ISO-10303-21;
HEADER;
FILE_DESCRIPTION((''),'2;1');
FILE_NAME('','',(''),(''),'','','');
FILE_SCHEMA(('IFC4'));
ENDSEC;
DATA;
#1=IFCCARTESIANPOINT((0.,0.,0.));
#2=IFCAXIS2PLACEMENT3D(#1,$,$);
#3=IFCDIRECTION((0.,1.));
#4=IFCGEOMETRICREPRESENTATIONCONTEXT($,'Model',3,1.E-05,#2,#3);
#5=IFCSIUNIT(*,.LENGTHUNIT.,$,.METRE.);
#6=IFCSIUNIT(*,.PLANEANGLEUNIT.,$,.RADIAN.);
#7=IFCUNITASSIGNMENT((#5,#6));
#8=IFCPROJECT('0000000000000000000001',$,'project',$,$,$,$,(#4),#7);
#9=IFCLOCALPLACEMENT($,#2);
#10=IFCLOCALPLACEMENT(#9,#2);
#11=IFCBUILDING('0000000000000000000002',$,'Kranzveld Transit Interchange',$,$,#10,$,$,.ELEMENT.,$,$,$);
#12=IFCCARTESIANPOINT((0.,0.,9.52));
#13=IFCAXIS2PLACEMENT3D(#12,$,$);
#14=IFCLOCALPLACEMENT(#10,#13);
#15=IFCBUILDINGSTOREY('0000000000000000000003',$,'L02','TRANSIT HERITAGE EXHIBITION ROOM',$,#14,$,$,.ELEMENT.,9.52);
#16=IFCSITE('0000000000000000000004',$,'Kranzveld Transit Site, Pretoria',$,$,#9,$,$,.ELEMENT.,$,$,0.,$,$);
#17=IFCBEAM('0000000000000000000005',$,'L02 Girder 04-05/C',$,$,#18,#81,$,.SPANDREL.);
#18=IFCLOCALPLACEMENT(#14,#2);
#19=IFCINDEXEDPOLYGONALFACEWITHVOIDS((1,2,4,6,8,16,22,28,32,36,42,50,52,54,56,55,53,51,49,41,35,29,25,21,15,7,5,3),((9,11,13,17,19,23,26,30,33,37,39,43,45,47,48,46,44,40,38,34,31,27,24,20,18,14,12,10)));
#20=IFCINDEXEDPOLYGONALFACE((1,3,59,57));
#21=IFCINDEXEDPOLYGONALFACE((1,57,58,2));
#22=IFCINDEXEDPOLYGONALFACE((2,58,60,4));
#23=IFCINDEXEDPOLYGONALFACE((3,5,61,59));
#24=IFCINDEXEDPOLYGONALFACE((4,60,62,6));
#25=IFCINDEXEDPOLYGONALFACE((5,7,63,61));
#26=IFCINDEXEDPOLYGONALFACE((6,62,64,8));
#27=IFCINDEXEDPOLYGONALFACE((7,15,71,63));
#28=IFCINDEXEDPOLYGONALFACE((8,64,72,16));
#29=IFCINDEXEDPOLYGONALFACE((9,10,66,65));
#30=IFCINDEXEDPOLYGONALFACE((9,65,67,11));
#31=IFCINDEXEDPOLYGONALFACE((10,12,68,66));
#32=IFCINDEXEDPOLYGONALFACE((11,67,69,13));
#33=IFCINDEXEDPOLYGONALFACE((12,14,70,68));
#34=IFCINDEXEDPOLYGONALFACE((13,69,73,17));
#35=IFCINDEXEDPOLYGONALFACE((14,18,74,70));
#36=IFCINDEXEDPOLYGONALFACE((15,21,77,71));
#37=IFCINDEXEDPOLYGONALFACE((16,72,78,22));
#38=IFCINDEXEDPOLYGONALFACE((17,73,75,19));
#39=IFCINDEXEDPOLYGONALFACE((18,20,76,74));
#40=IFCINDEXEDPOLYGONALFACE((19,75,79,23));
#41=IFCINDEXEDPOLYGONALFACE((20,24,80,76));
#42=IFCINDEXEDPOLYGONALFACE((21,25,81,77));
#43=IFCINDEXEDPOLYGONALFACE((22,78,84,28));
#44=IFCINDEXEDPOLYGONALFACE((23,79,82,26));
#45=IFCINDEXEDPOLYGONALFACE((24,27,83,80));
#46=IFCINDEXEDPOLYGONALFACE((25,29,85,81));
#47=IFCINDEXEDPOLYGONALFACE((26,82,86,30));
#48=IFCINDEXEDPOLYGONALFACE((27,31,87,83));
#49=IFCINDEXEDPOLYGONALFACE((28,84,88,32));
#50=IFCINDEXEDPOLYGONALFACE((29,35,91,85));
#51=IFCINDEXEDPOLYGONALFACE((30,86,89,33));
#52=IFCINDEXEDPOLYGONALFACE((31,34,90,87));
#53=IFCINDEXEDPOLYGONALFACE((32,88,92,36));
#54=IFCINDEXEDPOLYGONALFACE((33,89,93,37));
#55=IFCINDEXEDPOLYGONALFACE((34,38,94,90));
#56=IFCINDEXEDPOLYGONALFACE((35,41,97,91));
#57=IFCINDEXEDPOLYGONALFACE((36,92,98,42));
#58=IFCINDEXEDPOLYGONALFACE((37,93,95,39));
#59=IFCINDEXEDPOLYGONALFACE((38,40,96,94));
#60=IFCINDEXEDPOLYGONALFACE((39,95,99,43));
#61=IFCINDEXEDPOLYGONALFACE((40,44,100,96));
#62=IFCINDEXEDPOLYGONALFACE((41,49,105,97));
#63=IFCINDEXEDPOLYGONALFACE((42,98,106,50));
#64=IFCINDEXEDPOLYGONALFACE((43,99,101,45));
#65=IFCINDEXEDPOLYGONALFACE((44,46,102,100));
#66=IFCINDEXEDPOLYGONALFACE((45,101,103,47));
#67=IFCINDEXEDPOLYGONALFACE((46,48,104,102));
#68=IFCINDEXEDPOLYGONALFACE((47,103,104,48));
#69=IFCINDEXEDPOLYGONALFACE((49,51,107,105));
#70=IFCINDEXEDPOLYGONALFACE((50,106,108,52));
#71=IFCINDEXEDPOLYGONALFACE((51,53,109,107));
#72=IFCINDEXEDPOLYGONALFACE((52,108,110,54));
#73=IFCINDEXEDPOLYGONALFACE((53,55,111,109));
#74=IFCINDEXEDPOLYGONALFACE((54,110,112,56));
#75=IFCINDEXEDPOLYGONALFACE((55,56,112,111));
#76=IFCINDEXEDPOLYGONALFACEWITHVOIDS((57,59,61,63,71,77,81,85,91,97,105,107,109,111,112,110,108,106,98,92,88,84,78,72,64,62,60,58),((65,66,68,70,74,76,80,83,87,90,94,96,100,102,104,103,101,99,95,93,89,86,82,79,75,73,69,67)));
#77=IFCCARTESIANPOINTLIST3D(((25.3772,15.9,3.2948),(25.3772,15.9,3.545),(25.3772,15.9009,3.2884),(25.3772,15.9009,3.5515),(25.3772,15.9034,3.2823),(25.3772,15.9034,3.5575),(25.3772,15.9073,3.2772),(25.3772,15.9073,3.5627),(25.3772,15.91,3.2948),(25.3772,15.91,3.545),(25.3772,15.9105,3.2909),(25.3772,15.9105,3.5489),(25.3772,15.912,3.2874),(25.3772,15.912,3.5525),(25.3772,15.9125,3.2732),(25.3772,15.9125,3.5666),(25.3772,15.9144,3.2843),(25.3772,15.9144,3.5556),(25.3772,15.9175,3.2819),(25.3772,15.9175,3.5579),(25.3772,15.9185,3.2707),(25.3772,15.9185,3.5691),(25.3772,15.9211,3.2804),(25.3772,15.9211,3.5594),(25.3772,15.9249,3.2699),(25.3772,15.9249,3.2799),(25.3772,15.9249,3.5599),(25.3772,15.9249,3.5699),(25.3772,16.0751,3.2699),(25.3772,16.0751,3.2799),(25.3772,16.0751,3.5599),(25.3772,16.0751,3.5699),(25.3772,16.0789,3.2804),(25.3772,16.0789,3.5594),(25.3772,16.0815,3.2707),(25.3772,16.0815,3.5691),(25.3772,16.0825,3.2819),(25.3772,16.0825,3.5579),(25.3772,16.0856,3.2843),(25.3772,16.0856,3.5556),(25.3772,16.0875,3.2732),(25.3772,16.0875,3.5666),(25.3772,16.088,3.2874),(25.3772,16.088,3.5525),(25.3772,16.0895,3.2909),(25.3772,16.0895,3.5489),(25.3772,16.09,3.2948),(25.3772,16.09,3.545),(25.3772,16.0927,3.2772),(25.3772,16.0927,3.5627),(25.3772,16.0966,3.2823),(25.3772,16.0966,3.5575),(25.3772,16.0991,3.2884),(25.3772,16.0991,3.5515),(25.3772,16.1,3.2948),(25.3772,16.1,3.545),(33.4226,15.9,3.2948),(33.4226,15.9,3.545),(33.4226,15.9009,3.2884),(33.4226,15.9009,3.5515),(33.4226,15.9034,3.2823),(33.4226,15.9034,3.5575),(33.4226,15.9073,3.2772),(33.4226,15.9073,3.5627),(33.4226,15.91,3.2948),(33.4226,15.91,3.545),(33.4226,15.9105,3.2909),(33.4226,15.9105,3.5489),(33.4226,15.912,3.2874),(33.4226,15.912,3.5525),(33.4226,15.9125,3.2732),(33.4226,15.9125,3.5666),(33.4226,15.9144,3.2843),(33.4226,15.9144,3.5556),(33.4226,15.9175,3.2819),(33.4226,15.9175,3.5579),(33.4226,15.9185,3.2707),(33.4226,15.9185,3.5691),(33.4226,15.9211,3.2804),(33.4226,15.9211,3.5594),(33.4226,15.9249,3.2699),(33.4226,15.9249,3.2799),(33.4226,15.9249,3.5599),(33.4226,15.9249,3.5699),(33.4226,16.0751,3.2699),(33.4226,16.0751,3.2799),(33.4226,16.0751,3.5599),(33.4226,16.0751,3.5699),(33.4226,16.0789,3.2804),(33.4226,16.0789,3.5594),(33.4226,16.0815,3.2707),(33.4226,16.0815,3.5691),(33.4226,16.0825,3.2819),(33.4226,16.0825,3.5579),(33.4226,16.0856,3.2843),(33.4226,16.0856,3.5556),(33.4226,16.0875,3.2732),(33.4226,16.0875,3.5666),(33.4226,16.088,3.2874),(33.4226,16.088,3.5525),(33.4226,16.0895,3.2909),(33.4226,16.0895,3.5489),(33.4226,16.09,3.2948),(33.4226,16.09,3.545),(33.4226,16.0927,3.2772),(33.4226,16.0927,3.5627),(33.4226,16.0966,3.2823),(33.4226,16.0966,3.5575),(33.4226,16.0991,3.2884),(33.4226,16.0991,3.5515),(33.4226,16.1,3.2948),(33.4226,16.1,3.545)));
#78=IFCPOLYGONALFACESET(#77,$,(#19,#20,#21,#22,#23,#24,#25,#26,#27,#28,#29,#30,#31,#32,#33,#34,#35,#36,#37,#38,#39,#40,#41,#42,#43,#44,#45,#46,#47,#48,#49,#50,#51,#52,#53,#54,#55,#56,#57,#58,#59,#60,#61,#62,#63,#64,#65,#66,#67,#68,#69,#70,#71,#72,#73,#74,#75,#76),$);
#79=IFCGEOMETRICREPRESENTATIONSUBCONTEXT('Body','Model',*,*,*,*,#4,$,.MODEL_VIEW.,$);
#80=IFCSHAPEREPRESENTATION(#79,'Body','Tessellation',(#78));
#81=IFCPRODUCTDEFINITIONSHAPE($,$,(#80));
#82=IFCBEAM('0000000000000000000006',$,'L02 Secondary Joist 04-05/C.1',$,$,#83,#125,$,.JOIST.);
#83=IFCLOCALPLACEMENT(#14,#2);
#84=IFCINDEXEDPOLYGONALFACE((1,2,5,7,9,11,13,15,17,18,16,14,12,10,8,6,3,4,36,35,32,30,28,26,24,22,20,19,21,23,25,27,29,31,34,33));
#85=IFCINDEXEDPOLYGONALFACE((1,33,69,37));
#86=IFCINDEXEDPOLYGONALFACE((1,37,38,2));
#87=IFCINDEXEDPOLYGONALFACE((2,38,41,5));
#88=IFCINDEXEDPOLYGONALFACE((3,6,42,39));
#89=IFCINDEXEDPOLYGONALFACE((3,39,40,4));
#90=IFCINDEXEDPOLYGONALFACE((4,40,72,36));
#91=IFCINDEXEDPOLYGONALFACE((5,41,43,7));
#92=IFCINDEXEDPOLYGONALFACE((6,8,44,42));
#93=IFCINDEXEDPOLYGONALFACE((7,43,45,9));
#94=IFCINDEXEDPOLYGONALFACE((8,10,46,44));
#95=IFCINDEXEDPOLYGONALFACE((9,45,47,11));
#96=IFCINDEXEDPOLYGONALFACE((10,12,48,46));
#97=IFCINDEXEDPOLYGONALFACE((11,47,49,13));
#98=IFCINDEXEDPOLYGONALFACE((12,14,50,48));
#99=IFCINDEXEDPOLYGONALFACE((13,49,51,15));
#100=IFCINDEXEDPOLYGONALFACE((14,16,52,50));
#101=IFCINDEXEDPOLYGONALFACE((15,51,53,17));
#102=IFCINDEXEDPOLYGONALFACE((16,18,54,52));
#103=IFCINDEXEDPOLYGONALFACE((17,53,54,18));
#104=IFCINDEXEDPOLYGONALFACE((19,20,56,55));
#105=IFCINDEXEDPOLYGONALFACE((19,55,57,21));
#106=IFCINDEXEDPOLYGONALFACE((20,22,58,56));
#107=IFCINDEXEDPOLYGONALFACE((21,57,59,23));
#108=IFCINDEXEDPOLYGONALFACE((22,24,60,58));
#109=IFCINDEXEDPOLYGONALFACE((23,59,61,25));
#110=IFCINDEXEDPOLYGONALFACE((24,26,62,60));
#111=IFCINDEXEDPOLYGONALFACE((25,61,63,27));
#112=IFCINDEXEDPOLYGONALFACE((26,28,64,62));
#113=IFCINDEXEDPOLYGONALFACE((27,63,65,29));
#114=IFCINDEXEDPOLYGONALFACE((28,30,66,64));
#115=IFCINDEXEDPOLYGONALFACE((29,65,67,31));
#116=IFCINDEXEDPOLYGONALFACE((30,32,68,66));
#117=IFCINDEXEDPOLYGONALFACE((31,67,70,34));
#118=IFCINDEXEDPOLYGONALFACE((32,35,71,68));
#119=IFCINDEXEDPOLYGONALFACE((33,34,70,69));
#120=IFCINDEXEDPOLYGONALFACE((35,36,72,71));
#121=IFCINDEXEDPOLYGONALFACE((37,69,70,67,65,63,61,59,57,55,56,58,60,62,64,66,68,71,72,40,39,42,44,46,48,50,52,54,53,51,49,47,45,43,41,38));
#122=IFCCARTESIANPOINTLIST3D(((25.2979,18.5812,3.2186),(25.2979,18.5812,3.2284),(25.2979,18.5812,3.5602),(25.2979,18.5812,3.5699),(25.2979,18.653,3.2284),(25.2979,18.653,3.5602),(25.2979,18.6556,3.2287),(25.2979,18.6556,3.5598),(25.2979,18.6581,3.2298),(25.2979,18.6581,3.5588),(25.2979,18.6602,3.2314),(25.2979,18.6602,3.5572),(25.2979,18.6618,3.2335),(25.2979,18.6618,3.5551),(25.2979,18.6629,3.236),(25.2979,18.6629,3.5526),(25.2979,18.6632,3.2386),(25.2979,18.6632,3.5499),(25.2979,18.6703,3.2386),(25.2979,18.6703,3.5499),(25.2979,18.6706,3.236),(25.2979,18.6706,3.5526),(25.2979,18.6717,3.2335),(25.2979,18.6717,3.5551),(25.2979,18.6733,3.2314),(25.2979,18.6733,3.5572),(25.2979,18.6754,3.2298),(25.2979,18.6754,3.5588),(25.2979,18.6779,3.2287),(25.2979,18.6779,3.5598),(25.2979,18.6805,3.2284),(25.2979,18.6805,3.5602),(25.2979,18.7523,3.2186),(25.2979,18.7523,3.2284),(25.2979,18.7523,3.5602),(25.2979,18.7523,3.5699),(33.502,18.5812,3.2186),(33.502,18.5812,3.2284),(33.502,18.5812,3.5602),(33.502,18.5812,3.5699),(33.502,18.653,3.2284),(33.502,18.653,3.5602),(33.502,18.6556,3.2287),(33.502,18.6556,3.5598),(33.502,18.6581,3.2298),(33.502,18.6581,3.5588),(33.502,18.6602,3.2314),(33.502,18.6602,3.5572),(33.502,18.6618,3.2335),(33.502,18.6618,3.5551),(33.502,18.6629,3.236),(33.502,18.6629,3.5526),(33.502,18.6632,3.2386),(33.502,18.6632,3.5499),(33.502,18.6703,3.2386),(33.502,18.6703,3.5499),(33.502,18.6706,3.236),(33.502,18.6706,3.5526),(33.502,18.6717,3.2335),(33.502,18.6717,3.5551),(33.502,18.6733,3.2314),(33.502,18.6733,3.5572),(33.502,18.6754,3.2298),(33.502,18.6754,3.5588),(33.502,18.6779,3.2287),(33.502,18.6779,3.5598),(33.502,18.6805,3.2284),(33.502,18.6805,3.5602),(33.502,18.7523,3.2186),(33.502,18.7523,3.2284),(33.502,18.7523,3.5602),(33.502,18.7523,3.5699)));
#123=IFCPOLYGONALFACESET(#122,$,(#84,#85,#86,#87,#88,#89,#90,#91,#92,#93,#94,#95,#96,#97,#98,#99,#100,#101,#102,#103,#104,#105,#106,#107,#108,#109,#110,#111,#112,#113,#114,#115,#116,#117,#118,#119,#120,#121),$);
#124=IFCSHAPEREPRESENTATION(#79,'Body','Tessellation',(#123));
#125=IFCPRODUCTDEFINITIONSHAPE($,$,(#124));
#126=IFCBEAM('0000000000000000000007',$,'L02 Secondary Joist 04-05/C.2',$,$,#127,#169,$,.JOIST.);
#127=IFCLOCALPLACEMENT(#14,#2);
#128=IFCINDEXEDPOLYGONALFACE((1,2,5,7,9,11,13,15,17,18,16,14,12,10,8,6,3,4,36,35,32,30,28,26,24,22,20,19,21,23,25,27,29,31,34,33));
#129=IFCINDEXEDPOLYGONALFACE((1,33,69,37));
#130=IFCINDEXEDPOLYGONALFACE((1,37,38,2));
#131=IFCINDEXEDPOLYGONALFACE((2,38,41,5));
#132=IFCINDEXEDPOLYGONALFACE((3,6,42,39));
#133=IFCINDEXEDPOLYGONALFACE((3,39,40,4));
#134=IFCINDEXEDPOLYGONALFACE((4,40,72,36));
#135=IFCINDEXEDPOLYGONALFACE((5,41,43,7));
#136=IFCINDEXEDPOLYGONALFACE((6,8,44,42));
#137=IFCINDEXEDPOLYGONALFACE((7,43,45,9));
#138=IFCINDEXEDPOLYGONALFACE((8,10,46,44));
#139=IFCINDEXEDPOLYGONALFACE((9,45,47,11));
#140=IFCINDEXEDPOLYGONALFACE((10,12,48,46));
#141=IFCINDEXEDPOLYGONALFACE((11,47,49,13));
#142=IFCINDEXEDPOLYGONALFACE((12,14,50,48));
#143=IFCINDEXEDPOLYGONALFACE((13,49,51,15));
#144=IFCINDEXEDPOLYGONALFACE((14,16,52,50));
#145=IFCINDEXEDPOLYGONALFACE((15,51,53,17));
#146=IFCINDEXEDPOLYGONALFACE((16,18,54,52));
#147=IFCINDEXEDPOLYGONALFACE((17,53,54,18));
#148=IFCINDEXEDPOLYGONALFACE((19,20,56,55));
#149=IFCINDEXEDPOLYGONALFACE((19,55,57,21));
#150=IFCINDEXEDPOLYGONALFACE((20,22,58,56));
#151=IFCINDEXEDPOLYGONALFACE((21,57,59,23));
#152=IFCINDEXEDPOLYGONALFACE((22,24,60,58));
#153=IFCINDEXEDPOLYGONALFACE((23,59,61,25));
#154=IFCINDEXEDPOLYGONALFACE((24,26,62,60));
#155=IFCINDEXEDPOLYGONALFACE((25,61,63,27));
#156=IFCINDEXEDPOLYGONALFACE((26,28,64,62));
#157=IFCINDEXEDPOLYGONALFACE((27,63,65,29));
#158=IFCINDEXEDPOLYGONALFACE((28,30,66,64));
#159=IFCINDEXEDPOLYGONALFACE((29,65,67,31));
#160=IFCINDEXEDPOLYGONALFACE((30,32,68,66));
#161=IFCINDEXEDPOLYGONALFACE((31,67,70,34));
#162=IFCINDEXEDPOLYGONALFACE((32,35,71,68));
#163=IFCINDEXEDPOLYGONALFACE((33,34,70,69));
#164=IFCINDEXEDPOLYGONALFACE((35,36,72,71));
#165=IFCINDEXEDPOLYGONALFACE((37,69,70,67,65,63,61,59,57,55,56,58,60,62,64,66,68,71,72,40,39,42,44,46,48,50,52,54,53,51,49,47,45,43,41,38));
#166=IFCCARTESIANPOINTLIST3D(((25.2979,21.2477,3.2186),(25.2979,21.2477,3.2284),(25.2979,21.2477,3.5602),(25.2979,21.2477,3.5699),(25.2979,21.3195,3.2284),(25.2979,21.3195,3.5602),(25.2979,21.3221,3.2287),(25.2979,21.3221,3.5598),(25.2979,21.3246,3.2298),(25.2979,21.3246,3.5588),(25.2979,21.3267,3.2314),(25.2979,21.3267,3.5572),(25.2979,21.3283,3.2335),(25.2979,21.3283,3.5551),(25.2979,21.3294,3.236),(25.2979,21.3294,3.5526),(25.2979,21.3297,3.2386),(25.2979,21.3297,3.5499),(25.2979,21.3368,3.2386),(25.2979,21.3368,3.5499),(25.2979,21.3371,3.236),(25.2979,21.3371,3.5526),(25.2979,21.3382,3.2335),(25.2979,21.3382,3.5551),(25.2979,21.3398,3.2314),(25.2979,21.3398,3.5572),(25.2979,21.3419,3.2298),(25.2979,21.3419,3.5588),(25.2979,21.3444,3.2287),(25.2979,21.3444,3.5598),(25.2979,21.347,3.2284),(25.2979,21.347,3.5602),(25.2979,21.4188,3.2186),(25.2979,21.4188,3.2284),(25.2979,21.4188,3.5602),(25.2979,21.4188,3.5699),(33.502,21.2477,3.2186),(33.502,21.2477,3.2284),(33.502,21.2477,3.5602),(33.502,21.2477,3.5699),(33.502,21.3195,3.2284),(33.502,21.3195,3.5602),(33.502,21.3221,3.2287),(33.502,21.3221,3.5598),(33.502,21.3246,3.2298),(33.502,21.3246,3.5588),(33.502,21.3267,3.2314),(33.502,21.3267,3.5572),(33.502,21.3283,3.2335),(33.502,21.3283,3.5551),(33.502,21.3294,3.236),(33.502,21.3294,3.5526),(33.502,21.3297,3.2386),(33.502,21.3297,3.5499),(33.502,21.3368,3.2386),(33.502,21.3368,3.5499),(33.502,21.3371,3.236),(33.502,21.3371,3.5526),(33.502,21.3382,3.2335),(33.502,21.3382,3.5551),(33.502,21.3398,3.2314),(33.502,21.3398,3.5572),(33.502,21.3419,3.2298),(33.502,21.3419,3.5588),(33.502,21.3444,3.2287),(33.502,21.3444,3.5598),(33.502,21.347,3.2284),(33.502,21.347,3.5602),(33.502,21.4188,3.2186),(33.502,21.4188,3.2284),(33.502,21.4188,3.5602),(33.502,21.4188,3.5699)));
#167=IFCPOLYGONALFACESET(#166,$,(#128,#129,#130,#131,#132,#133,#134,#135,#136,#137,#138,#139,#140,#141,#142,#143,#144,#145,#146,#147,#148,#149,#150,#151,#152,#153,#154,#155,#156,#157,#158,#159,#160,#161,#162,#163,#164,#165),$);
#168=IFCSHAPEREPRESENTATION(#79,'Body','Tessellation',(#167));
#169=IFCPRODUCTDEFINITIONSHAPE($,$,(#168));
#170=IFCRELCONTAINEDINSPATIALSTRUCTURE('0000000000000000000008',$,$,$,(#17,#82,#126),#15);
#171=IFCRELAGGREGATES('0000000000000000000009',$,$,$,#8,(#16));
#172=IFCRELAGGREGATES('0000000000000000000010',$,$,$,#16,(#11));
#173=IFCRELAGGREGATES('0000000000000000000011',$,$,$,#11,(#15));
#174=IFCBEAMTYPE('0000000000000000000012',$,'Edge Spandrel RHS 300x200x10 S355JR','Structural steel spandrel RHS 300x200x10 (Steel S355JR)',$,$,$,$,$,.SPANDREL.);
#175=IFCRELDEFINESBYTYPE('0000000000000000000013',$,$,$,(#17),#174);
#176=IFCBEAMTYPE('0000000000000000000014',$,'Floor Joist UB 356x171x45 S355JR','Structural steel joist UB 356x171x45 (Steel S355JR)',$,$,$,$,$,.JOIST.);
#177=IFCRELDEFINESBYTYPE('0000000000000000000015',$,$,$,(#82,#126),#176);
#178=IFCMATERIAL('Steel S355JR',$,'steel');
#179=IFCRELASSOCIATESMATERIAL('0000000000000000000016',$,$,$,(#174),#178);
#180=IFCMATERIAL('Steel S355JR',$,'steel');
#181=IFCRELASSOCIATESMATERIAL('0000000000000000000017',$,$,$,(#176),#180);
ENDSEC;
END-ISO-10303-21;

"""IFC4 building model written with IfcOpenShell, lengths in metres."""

from ifc_helpers import new_model, si_unit, direction, frame, origin, origin_2d, place, context, subcontext, project, spatial, hollow_rectangle, i_section, extrude, material, material_profile, profile_set, type_object, element, save


model = new_model("IFC4")

# Units and contexts
model_context = context("Model", 3, precision=1e-05, world=origin(), true_north=direction((0.0, 1.0)))
body_context = subcontext(model_context, "Body", "Model", "MODEL_VIEW")
ifc_project = project(units=[si_unit("LENGTHUNIT", "METRE"), si_unit("PLANEANGLEUNIT", "RADIAN")], contexts=[model_context])

# Site, building, storey
site_placement = place(None, origin())
site = spatial("IfcSite", under=ifc_project, at=site_placement, Name="Kranzveld Transit Site, Pretoria", CompositionType="ELEMENT", RefElevation=0.0)
building_placement = place(site_placement, origin())
building = spatial("IfcBuilding", under=site, at=building_placement, Name="Kranzveld Transit Interchange", CompositionType="ELEMENT")
storey_placement = place(building_placement, frame((0.0, 0.0, 9.52)))
storey = spatial("IfcBuildingStorey", under=building, at=storey_placement, Name="L02", Description="TRANSIT HERITAGE EXHIBITION ROOM", CompositionType="ELEMENT", Elevation=9.52)

# Beams
ifc_material_1 = material(Name="Steel S355JR", Category="steel")
ifc_material_profile_1 = material_profile(ifc_material_1, hollow_rectangle(XDim=0.2, YDim=0.3, WallThickness=0.01, InnerFilletRadius=0.0149, OuterFilletRadius=0.0249, at=origin_2d()), Name="RHS 300x200x10")
ifc_profile_set_1 = profile_set([ifc_material_profile_1], Name="Steel S355JR")
beam_type_1 = type_object("IfcBeamType", Name="Edge Spandrel RHS 300x200x10 S355JR", Description="Structural steel spandrel RHS 300x200x10 (Steel S355JR)", PredefinedType="SPANDREL", material=ifc_profile_set_1)
beam_1_placement = place(storey_placement, frame((25.3772, 16.0, 3.4199), z_axis=(1.0, 0.0, 0.0), x_axis=(0.0, 1.0, 0.0)))
element("IfcBeam", 1, at=beam_1_placement, inside=storey, type_object=beam_type_1, Name="L02 Girder 04-05/C", PredefinedType="SPANDREL", context=body_context, shape_type="SweptSolid", body=[
    extrude(hollow_rectangle(XDim=0.2, YDim=0.3, WallThickness=0.01, InnerFilletRadius=0.0149, OuterFilletRadius=0.0249, at=origin_2d()), origin(), (0.0, 0.0, 1.0), 8.0454),
])
ifc_material_2 = material(Name="Steel S355JR", Category="steel")
ifc_material_profile_2 = material_profile(ifc_material_2, i_section(OverallWidth=0.1711, OverallDepth=0.3513, WebThickness=0.0071, FlangeThickness=0.0098, FilletRadius=0.0103, at=origin_2d()), Name="UB 356x171x45")
ifc_profile_set_2 = profile_set([ifc_material_profile_2], Name="Steel S355JR")
beam_type_2 = type_object("IfcBeamType", Name="Floor Joist UB 356x171x45 S355JR", Description="Structural steel joist UB 356x171x45 (Steel S355JR)", PredefinedType="JOIST", material=ifc_profile_set_2)
for number, where, z_axis, x_axis, name in (
    (2, (25.2979, 18.6667, 3.3943), (1.0, 0.0, 0.0), (0.0, 1.0, 0.0), "L02 Secondary Joist 04-05/C.1"),
    (3, (25.2979, 21.3333, 3.3943), (1.0, 0.0, 0.0), (0.0, 1.0, 0.0), "L02 Secondary Joist 04-05/C.2"),
):
    element("IfcBeam", number, at=place(storey_placement, frame(where, z_axis=z_axis, x_axis=x_axis)), inside=storey, type_object=beam_type_2, Name=name, PredefinedType="JOIST", context=body_context, shape_type="SweptSolid", body=[
        extrude(i_section(OverallWidth=0.1711, OverallDepth=0.3513, WebThickness=0.0071, FlangeThickness=0.0098, FilletRadius=0.0103, at=origin_2d()), origin(), (0.0, 0.0, 1.0), 8.2041),
    ])

save(model, "model.ifc")
